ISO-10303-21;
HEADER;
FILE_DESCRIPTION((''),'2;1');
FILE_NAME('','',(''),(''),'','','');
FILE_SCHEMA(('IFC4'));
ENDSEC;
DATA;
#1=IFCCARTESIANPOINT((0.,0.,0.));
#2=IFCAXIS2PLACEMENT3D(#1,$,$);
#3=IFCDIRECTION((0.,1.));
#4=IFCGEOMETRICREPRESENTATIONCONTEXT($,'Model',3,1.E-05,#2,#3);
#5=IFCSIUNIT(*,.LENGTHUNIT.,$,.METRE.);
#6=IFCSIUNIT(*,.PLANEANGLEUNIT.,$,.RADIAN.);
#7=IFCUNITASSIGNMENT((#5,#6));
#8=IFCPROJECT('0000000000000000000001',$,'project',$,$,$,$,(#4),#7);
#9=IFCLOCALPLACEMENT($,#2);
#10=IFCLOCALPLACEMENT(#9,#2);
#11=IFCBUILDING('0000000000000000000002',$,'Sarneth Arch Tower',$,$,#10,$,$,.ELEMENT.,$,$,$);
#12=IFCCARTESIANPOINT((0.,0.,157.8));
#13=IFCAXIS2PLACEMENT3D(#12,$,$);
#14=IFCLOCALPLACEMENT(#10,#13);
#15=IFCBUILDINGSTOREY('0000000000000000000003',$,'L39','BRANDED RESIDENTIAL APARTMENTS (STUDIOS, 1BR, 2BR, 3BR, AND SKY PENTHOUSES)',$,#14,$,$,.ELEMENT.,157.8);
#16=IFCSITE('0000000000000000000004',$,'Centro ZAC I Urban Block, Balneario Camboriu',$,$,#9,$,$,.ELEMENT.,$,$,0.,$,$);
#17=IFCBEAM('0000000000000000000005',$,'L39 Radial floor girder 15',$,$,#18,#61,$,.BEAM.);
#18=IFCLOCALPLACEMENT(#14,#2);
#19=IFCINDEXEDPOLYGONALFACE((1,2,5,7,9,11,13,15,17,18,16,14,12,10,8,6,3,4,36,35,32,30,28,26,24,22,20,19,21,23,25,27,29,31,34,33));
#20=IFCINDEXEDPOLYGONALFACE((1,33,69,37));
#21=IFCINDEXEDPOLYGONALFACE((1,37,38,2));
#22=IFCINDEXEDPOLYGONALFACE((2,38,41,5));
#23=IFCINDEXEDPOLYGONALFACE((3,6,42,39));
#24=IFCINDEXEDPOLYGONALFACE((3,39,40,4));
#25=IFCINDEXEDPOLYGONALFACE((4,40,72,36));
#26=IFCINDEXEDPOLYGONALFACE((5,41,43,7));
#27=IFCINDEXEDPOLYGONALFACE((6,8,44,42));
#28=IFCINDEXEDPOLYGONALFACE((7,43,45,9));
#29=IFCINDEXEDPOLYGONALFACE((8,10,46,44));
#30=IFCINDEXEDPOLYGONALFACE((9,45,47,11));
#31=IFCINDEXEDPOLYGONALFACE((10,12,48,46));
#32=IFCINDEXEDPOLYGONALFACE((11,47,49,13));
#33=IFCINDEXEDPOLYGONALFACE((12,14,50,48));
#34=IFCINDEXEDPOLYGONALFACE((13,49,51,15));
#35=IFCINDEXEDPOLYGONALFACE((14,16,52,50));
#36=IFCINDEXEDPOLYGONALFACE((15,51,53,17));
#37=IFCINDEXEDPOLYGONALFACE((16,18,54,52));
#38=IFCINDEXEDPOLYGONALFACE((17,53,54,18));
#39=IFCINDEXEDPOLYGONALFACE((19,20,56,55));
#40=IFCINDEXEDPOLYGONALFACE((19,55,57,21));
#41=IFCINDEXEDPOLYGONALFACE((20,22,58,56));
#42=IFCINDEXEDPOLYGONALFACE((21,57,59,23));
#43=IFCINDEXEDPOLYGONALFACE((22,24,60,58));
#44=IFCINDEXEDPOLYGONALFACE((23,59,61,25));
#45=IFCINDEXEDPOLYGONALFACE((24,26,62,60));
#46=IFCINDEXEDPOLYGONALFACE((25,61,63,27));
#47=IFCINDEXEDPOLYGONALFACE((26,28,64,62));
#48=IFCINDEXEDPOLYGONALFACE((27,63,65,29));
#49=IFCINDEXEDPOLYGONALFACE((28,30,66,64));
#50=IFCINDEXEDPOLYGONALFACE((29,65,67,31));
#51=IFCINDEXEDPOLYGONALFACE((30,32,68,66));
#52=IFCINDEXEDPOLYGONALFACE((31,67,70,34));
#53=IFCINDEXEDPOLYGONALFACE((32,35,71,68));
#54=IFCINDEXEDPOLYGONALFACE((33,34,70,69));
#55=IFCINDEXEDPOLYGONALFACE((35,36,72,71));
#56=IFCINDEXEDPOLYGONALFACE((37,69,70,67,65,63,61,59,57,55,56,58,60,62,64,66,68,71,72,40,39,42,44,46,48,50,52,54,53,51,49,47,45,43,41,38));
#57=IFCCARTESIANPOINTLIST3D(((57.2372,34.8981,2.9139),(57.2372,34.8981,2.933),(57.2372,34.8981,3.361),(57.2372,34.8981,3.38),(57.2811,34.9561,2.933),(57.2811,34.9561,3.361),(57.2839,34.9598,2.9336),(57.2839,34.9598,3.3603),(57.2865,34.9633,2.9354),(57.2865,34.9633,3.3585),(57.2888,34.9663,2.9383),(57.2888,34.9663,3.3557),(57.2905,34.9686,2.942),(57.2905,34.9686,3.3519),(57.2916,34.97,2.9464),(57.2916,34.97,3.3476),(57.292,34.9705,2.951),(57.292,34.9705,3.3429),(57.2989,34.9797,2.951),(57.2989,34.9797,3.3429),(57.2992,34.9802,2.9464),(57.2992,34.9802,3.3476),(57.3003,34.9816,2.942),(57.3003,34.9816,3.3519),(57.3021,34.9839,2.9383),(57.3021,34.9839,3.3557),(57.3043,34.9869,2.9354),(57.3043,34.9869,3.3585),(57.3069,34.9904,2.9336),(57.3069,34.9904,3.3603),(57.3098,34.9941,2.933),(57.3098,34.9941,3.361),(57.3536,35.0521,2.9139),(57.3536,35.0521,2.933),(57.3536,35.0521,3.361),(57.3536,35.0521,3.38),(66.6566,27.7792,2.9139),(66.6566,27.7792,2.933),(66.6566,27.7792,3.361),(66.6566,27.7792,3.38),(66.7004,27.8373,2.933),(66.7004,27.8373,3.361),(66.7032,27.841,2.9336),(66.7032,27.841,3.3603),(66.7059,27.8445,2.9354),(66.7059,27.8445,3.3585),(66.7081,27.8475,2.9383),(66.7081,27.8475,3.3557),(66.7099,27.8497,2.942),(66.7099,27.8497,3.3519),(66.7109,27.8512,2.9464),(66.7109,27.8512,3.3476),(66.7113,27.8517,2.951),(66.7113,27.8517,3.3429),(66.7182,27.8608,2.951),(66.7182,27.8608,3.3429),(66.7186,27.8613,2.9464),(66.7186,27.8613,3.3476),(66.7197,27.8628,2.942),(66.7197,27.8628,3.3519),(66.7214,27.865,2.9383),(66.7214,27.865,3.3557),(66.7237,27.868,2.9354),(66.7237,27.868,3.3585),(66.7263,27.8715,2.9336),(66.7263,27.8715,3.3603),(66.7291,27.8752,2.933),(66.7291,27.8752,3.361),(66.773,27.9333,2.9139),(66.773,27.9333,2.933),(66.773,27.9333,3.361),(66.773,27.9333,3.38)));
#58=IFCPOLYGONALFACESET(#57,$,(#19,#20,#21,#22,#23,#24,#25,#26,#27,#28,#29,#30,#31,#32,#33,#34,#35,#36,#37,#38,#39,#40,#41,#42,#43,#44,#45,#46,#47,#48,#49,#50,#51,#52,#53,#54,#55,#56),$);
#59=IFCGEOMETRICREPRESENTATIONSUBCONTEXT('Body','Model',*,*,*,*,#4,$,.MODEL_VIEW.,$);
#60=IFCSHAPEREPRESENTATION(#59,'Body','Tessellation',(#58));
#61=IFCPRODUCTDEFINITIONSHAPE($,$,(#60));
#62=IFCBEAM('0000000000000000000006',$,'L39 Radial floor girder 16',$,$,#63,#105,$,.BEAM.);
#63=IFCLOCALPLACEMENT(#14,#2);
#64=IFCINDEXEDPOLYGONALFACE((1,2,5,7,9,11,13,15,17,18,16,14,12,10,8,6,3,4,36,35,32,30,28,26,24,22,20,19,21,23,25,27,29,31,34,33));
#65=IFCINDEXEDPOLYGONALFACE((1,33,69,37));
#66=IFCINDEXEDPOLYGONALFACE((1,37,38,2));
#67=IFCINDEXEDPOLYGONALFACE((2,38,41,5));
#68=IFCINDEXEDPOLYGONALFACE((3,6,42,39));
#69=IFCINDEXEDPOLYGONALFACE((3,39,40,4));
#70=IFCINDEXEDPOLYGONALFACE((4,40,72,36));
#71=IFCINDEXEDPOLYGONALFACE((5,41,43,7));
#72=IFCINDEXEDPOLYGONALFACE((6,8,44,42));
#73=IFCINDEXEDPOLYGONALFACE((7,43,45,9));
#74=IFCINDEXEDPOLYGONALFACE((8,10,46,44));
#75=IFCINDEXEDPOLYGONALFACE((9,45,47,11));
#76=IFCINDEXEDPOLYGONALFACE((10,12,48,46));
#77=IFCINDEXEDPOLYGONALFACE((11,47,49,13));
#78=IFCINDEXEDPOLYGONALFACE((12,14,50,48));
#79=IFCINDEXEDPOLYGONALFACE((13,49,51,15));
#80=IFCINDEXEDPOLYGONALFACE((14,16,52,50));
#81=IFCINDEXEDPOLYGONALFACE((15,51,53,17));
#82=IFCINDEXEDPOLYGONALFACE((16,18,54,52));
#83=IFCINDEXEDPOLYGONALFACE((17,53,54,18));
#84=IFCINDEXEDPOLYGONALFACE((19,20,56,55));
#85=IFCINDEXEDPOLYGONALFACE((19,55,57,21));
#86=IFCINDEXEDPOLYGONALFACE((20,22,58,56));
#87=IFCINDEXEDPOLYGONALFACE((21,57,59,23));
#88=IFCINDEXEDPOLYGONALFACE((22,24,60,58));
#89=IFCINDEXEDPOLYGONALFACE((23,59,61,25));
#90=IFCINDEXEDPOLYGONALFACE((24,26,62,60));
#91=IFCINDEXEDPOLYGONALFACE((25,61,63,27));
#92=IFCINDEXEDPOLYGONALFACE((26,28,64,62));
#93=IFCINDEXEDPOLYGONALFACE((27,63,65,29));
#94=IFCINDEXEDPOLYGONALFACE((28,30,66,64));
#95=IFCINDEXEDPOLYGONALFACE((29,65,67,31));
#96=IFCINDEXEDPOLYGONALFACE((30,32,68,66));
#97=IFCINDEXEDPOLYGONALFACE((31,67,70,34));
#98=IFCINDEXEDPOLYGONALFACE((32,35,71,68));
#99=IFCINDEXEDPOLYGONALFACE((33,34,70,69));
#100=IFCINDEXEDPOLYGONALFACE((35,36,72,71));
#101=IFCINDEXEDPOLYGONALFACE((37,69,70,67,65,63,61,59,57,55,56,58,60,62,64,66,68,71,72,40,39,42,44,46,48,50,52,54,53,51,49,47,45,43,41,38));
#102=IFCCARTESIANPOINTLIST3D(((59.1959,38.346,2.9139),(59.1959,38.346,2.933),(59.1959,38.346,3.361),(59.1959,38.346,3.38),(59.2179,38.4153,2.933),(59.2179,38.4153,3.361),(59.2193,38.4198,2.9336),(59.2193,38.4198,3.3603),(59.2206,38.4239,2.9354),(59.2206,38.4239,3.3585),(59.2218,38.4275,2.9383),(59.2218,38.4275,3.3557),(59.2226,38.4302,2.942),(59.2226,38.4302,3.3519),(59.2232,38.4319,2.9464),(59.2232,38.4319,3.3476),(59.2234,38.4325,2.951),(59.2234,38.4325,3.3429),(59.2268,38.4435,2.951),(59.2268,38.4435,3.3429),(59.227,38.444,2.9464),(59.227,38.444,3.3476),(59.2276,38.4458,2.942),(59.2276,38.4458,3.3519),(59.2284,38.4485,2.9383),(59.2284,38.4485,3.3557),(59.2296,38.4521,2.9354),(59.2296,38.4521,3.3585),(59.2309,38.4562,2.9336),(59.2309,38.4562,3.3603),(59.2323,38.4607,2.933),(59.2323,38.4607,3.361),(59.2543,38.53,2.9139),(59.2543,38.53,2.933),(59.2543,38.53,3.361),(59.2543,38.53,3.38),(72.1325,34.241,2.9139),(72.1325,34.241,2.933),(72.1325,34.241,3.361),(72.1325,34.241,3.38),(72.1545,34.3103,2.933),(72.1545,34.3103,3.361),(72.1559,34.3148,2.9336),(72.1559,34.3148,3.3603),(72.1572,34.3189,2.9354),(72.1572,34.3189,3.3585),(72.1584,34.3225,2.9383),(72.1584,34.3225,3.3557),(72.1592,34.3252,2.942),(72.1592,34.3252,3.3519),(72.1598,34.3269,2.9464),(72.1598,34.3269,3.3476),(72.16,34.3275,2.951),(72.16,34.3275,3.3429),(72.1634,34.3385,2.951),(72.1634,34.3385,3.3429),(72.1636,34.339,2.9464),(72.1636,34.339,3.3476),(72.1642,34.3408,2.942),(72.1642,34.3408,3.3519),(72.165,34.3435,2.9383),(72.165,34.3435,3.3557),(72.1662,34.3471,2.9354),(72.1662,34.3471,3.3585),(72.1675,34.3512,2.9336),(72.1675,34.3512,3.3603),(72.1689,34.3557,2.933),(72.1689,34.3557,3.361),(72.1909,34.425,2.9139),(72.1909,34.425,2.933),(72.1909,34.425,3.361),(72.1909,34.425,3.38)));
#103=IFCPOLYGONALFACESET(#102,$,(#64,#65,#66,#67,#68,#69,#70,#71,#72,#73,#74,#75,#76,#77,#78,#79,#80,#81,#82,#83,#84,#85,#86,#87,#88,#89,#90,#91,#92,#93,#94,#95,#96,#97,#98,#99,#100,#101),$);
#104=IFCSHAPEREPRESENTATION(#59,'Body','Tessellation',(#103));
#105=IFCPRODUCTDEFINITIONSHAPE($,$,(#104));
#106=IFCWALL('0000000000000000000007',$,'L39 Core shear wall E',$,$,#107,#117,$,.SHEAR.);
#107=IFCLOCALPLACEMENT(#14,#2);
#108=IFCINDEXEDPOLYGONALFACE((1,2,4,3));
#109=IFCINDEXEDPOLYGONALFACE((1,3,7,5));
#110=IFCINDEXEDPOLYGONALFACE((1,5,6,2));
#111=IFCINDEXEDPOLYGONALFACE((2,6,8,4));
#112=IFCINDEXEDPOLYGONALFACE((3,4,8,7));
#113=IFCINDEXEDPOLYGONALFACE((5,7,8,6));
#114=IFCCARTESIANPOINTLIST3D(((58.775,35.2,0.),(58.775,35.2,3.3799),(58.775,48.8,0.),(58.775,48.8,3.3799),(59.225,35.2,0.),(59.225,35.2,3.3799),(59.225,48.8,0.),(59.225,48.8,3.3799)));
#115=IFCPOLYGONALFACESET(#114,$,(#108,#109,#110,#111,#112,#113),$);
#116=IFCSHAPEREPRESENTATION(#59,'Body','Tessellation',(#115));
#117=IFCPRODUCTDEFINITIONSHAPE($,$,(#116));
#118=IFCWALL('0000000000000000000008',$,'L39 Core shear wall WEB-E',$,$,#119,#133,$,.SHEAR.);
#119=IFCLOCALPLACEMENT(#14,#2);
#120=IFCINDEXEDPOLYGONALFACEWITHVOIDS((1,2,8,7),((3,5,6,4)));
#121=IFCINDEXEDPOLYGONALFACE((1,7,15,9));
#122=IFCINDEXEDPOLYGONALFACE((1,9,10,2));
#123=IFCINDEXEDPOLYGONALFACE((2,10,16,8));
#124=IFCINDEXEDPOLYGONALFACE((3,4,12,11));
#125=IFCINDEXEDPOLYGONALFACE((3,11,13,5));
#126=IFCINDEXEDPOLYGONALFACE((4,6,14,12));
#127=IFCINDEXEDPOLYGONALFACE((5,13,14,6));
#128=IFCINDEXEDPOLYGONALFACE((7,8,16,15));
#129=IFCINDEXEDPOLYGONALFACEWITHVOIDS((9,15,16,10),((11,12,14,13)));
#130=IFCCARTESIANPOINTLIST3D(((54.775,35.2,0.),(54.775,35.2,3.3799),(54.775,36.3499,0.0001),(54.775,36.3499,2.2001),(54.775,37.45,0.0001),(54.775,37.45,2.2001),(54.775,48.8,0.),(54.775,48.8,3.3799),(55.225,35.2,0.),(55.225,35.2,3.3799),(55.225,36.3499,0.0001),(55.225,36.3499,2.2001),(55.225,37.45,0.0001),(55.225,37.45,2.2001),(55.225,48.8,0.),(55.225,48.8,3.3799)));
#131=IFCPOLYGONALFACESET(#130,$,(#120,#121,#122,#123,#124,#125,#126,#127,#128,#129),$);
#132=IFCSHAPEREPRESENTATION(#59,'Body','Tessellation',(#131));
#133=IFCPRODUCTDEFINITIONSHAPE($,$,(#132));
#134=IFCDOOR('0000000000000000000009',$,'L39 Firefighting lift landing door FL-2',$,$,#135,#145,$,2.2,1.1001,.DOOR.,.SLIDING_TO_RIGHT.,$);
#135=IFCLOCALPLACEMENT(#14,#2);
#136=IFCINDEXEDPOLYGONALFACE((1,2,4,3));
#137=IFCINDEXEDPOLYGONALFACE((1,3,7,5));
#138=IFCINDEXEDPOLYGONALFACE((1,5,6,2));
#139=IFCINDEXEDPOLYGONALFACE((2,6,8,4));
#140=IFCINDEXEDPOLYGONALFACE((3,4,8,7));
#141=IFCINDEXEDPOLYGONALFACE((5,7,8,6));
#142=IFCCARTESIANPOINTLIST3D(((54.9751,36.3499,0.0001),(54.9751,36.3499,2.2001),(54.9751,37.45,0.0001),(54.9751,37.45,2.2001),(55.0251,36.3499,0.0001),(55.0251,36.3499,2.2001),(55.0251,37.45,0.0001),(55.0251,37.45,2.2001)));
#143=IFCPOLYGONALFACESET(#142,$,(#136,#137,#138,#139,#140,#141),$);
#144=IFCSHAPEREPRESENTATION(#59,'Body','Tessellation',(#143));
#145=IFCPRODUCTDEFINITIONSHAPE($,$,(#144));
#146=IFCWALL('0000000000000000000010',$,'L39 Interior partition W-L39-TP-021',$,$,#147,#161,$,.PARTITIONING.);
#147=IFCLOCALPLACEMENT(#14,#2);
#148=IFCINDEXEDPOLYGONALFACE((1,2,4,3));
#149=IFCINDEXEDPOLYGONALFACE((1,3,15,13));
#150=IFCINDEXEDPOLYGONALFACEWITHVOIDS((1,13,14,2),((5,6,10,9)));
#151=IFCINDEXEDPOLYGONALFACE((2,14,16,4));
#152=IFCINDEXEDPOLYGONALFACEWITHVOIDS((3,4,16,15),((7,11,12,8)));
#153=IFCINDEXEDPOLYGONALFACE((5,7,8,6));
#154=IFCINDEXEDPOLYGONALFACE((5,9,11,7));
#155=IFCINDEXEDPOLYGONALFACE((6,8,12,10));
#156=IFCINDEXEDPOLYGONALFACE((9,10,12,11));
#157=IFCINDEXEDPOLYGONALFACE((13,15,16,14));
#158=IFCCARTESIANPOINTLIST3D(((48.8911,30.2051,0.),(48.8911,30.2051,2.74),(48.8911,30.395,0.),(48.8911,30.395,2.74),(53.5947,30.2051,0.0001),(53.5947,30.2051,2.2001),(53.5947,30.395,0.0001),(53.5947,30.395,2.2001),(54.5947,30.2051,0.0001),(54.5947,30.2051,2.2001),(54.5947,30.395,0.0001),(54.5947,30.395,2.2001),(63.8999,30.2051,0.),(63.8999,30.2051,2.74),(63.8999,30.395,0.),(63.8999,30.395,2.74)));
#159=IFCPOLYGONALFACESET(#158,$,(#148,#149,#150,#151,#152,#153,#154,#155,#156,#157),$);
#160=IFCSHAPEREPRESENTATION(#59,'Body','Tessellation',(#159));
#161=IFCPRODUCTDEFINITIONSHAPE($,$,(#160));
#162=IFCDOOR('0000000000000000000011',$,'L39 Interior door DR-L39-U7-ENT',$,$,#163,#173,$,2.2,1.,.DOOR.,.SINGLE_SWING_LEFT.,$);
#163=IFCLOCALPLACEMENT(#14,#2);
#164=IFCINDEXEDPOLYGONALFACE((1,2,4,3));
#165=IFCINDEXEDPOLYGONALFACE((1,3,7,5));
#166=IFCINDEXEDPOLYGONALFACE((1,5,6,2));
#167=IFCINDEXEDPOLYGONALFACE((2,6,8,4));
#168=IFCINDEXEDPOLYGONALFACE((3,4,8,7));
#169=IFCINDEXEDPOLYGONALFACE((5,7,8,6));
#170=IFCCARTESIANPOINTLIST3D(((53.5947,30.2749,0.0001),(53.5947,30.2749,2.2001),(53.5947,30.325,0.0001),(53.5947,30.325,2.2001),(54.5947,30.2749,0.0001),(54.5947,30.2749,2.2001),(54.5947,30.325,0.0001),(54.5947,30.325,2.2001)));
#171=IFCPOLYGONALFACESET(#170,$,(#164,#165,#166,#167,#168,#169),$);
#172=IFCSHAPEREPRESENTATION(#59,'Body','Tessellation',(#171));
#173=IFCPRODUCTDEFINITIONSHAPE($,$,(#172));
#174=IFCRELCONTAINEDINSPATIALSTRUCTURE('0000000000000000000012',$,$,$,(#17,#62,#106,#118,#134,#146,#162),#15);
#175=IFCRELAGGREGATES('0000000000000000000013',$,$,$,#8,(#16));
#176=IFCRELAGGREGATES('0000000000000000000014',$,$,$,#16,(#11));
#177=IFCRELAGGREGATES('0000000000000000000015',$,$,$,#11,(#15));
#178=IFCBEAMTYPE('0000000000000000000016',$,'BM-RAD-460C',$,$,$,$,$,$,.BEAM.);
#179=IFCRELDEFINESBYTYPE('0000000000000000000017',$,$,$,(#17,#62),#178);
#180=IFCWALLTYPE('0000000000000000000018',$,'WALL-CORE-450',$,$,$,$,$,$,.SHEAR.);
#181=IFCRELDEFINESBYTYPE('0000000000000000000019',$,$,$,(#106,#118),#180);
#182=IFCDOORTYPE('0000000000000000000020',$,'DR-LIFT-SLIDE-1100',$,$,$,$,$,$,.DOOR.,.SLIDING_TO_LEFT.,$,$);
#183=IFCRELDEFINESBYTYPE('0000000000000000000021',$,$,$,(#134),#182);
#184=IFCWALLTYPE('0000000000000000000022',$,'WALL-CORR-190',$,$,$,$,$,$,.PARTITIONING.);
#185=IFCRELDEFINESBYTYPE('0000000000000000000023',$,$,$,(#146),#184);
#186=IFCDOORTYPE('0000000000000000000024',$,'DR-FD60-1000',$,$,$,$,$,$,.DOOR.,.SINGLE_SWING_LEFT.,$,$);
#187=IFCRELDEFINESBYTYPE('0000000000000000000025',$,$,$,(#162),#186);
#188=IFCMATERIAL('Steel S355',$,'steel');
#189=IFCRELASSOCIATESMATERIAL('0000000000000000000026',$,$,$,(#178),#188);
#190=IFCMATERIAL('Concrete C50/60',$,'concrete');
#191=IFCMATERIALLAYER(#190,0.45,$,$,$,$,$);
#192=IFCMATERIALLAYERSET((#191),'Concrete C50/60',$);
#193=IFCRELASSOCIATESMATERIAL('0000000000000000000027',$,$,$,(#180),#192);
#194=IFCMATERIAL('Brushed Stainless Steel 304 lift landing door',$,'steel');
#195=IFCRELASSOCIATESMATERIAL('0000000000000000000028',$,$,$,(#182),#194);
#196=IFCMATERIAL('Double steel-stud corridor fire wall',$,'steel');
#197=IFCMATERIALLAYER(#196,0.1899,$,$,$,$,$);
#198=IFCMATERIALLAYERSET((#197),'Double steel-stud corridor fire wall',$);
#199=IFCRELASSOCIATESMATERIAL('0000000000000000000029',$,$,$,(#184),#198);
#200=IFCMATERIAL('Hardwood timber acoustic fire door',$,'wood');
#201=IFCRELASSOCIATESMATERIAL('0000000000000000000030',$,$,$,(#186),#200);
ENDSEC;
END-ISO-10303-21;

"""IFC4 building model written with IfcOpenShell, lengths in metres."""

from ifc_helpers import new_model, si_unit, direction, frame, frame_2d, origin, origin_2d, place, context, subcontext, project, spatial, rectangle, i_section, extrude, material, layer, layer_set, material_profile, profile_set, type_object, element, fill, save


model = new_model("IFC4")

# Units and contexts
model_context = context("Model", 3, precision=1e-05, world=origin(), true_north=direction((0.0, 1.0)))
body_context = subcontext(model_context, "Body", "Model", "MODEL_VIEW")
ifc_project = project(units=[si_unit("LENGTHUNIT", "METRE"), si_unit("PLANEANGLEUNIT", "RADIAN")], contexts=[model_context])

# Site, building, storey
site_placement = place(None, origin())
site = spatial("IfcSite", under=ifc_project, at=site_placement, Name="Centro ZAC I Urban Block, Balneario Camboriu", CompositionType="ELEMENT", RefElevation=0.0)
building_placement = place(site_placement, origin())
building = spatial("IfcBuilding", under=site, at=building_placement, Name="Sarneth Arch Tower", CompositionType="ELEMENT")
storey_placement = place(building_placement, frame((0.0, 0.0, 157.8)))
storey = spatial("IfcBuildingStorey", under=building, at=storey_placement, Name="L39", Description="BRANDED RESIDENTIAL APARTMENTS (STUDIOS, 1BR, 2BR, 3BR, AND SKY PENTHOUSES)", CompositionType="ELEMENT", Elevation=157.8)

# Beams
ifc_material_1 = material(Name="Steel S355", Category="steel")
ifc_material_profile_1 = material_profile(ifc_material_1, i_section(OverallWidth=0.1931, OverallDepth=0.4661, WebThickness=0.0115, FlangeThickness=0.019, FilletRadius=0.0181, at=origin_2d()), Name="W460x97")
ifc_profile_set_1 = profile_set([ifc_material_profile_1], Name="Steel S355")
beam_type_1 = type_object("IfcBeamType", Name="BM-RAD-460C", PredefinedType="BEAM", material=ifc_profile_set_1)
beam_1_placement = place(storey_placement, frame((57.2954, 34.9751, 3.147), z_axis=(0.797786, -0.60294, 0.0), x_axis=(0.60294, 0.797786, 0.0)))
element("IfcBeam", 1, at=beam_1_placement, inside=storey, type_object=beam_type_1, Name="L39 Radial floor girder 15", PredefinedType="BEAM", context=body_context, shape_type="SweptSolid", body=[
    extrude(i_section(OverallWidth=0.1931, OverallDepth=0.4661, WebThickness=0.0115, FlangeThickness=0.019, FilletRadius=0.0181, at=origin_2d()), origin(), (0.0, 0.0, 1.0), 11.8069),
])
beam_2_placement = place(storey_placement, frame((59.2251, 38.438, 3.147), z_axis=(0.953164, -0.302455, 0.0), x_axis=(0.302455, 0.953164, 0.0)))
element("IfcBeam", 2, at=beam_2_placement, inside=storey, type_object=beam_type_1, Name="L39 Radial floor girder 16", PredefinedType="BEAM", context=body_context, shape_type="SweptSolid", body=[
    extrude(i_section(OverallWidth=0.1931, OverallDepth=0.4661, WebThickness=0.0115, FlangeThickness=0.019, FilletRadius=0.0181, at=origin_2d()), origin(), (0.0, 0.0, 1.0), 13.5723),
])

# Shared definitions
ifc_material_2 = material(Name="Concrete C50/60", Category="concrete")
ifc_layer_1 = layer(ifc_material_2, 0.45)
ifc_layer_set_1 = layer_set([ifc_layer_1], Name="Concrete C50/60")
wall_type_1 = type_object("IfcWallType", Name="WALL-CORE-450", PredefinedType="SHEAR", material=ifc_layer_set_1)

# Wall
wall_1_placement = place(storey_placement, frame((59.0, 35.2, 0.0), z_axis=(0.0, 0.0, 1.0), x_axis=(0.0, 1.0, 0.0)))
element("IfcWall", 3, at=wall_1_placement, inside=storey, type_object=wall_type_1, Name="L39 Core shear wall E", PredefinedType="SHEAR", context=body_context, shape_type="SweptSolid", body=[
    extrude(rectangle(XDim=13.6001, YDim=0.45, at=frame_2d((6.8, 0.0))), origin(), (0.0, 0.0, 1.0), 3.3799),
])

# Walls, openings, doors
wall_2_placement = place(storey_placement, frame((55.0, 35.2, 0.0), z_axis=(0.0, 0.0, 1.0), x_axis=(0.0, 1.0, 0.0)))
wall_2 = element("IfcWall", 4, at=wall_2_placement, inside=storey, type_object=wall_type_1, Name="L39 Core shear wall WEB-E", PredefinedType="SHEAR", context=body_context, shape_type="SweptSolid", body=[
    extrude(rectangle(XDim=13.6001, YDim=0.45, at=frame_2d((6.8, 0.0))), origin(), (0.0, 0.0, 1.0), 3.3799),
])
opening_1_placement = place(wall_2_placement, frame((1.1499, 0.0, 0.0)))
opening_1 = element("IfcOpeningElement", 5, at=opening_1_placement, cuts=wall_2, PredefinedType="OPENING", context=body_context, shape_type="SweptSolid", body=[
    extrude(rectangle(XDim=1.1001, YDim=2.2, at=frame_2d((0.55, 1.1001))), frame((0.0, 0.2349, 0.0), z_axis=(0.0, -1.0, 0.0), x_axis=(1.0, 0.0, 0.0)), (0.0, 0.0, 1.0), 0.47),
])
ifc_material_3 = material(Name="Brushed Stainless Steel 304 lift landing door", Category="steel")
door_type_1 = type_object("IfcDoorType", Name="DR-LIFT-SLIDE-1100", OperationType="SLIDING_TO_LEFT", PredefinedType="DOOR", material=ifc_material_3)
door_1_placement = place(opening_1_placement, origin())
door_1 = element("IfcDoor", 6, at=door_1_placement, inside=storey, type_object=door_type_1, Name="L39 Firefighting lift landing door FL-2", OperationType="SLIDING_TO_RIGHT", OverallHeight=2.2, OverallWidth=1.1001, PredefinedType="DOOR", context=body_context, shape_type="SweptSolid", body=[
    extrude(rectangle(XDim=1.1001, YDim=2.2, at=frame_2d((0.55, 1.1001))), frame((0.0, 0.0249, 0.0), z_axis=(0.0, -1.0, 0.0), x_axis=(1.0, 0.0, 0.0)), (0.0, 0.0, 1.0), 0.05),
])
fill(opening_1, door_1)
ifc_material_4 = material(Name="Double steel-stud corridor fire wall", Category="steel")
ifc_layer_2 = layer(ifc_material_4, 0.1899)
ifc_layer_set_2 = layer_set([ifc_layer_2], Name="Double steel-stud corridor fire wall")
wall_type_2 = type_object("IfcWallType", Name="WALL-CORR-190", PredefinedType="PARTITIONING", material=ifc_layer_set_2)
wall_3_placement = place(storey_placement, frame((48.8911, 30.3, 0.0), z_axis=(0.0, 0.0, 1.0), x_axis=(1.0, 0.0, 0.0)))
wall_3 = element("IfcWall", 7, at=wall_3_placement, inside=storey, type_object=wall_type_2, Name="L39 Interior partition W-L39-TP-021", PredefinedType="PARTITIONING", context=body_context, shape_type="SweptSolid", body=[
    extrude(rectangle(XDim=15.0088, YDim=0.1899, at=frame_2d((7.5044, 0.0))), origin(), (0.0, 0.0, 1.0), 2.74),
])
opening_2_placement = place(wall_3_placement, frame((4.7036, 0.0, 0.0)))
opening_2 = element("IfcOpeningElement", 8, at=opening_2_placement, cuts=wall_3, PredefinedType="OPENING", context=body_context, shape_type="SweptSolid", body=[
    extrude(rectangle(XDim=1.0, YDim=2.2, at=frame_2d((0.5, 1.1001))), frame((0.0, 0.105, 0.0), z_axis=(0.0, -1.0, 0.0), x_axis=(1.0, 0.0, 0.0)), (0.0, 0.0, 1.0), 0.21),
])
ifc_material_5 = material(Name="Hardwood timber acoustic fire door", Category="wood")
door_type_2 = type_object("IfcDoorType", Name="DR-FD60-1000", OperationType="SINGLE_SWING_LEFT", PredefinedType="DOOR", material=ifc_material_5)
door_2_placement = place(opening_2_placement, origin())
door_2 = element("IfcDoor", 9, at=door_2_placement, inside=storey, type_object=door_type_2, Name="L39 Interior door DR-L39-U7-ENT", OperationType="SINGLE_SWING_LEFT", OverallHeight=2.2, OverallWidth=1.0, PredefinedType="DOOR", context=body_context, shape_type="SweptSolid", body=[
    extrude(rectangle(XDim=1.0, YDim=2.2, at=frame_2d((0.5, 1.1001))), frame((0.0, 0.0249, 0.0), z_axis=(0.0, -1.0, 0.0), x_axis=(1.0, 0.0, 0.0)), (0.0, 0.0, 1.0), 0.05),
])
fill(opening_2, door_2)

save(model, "model.ifc")
